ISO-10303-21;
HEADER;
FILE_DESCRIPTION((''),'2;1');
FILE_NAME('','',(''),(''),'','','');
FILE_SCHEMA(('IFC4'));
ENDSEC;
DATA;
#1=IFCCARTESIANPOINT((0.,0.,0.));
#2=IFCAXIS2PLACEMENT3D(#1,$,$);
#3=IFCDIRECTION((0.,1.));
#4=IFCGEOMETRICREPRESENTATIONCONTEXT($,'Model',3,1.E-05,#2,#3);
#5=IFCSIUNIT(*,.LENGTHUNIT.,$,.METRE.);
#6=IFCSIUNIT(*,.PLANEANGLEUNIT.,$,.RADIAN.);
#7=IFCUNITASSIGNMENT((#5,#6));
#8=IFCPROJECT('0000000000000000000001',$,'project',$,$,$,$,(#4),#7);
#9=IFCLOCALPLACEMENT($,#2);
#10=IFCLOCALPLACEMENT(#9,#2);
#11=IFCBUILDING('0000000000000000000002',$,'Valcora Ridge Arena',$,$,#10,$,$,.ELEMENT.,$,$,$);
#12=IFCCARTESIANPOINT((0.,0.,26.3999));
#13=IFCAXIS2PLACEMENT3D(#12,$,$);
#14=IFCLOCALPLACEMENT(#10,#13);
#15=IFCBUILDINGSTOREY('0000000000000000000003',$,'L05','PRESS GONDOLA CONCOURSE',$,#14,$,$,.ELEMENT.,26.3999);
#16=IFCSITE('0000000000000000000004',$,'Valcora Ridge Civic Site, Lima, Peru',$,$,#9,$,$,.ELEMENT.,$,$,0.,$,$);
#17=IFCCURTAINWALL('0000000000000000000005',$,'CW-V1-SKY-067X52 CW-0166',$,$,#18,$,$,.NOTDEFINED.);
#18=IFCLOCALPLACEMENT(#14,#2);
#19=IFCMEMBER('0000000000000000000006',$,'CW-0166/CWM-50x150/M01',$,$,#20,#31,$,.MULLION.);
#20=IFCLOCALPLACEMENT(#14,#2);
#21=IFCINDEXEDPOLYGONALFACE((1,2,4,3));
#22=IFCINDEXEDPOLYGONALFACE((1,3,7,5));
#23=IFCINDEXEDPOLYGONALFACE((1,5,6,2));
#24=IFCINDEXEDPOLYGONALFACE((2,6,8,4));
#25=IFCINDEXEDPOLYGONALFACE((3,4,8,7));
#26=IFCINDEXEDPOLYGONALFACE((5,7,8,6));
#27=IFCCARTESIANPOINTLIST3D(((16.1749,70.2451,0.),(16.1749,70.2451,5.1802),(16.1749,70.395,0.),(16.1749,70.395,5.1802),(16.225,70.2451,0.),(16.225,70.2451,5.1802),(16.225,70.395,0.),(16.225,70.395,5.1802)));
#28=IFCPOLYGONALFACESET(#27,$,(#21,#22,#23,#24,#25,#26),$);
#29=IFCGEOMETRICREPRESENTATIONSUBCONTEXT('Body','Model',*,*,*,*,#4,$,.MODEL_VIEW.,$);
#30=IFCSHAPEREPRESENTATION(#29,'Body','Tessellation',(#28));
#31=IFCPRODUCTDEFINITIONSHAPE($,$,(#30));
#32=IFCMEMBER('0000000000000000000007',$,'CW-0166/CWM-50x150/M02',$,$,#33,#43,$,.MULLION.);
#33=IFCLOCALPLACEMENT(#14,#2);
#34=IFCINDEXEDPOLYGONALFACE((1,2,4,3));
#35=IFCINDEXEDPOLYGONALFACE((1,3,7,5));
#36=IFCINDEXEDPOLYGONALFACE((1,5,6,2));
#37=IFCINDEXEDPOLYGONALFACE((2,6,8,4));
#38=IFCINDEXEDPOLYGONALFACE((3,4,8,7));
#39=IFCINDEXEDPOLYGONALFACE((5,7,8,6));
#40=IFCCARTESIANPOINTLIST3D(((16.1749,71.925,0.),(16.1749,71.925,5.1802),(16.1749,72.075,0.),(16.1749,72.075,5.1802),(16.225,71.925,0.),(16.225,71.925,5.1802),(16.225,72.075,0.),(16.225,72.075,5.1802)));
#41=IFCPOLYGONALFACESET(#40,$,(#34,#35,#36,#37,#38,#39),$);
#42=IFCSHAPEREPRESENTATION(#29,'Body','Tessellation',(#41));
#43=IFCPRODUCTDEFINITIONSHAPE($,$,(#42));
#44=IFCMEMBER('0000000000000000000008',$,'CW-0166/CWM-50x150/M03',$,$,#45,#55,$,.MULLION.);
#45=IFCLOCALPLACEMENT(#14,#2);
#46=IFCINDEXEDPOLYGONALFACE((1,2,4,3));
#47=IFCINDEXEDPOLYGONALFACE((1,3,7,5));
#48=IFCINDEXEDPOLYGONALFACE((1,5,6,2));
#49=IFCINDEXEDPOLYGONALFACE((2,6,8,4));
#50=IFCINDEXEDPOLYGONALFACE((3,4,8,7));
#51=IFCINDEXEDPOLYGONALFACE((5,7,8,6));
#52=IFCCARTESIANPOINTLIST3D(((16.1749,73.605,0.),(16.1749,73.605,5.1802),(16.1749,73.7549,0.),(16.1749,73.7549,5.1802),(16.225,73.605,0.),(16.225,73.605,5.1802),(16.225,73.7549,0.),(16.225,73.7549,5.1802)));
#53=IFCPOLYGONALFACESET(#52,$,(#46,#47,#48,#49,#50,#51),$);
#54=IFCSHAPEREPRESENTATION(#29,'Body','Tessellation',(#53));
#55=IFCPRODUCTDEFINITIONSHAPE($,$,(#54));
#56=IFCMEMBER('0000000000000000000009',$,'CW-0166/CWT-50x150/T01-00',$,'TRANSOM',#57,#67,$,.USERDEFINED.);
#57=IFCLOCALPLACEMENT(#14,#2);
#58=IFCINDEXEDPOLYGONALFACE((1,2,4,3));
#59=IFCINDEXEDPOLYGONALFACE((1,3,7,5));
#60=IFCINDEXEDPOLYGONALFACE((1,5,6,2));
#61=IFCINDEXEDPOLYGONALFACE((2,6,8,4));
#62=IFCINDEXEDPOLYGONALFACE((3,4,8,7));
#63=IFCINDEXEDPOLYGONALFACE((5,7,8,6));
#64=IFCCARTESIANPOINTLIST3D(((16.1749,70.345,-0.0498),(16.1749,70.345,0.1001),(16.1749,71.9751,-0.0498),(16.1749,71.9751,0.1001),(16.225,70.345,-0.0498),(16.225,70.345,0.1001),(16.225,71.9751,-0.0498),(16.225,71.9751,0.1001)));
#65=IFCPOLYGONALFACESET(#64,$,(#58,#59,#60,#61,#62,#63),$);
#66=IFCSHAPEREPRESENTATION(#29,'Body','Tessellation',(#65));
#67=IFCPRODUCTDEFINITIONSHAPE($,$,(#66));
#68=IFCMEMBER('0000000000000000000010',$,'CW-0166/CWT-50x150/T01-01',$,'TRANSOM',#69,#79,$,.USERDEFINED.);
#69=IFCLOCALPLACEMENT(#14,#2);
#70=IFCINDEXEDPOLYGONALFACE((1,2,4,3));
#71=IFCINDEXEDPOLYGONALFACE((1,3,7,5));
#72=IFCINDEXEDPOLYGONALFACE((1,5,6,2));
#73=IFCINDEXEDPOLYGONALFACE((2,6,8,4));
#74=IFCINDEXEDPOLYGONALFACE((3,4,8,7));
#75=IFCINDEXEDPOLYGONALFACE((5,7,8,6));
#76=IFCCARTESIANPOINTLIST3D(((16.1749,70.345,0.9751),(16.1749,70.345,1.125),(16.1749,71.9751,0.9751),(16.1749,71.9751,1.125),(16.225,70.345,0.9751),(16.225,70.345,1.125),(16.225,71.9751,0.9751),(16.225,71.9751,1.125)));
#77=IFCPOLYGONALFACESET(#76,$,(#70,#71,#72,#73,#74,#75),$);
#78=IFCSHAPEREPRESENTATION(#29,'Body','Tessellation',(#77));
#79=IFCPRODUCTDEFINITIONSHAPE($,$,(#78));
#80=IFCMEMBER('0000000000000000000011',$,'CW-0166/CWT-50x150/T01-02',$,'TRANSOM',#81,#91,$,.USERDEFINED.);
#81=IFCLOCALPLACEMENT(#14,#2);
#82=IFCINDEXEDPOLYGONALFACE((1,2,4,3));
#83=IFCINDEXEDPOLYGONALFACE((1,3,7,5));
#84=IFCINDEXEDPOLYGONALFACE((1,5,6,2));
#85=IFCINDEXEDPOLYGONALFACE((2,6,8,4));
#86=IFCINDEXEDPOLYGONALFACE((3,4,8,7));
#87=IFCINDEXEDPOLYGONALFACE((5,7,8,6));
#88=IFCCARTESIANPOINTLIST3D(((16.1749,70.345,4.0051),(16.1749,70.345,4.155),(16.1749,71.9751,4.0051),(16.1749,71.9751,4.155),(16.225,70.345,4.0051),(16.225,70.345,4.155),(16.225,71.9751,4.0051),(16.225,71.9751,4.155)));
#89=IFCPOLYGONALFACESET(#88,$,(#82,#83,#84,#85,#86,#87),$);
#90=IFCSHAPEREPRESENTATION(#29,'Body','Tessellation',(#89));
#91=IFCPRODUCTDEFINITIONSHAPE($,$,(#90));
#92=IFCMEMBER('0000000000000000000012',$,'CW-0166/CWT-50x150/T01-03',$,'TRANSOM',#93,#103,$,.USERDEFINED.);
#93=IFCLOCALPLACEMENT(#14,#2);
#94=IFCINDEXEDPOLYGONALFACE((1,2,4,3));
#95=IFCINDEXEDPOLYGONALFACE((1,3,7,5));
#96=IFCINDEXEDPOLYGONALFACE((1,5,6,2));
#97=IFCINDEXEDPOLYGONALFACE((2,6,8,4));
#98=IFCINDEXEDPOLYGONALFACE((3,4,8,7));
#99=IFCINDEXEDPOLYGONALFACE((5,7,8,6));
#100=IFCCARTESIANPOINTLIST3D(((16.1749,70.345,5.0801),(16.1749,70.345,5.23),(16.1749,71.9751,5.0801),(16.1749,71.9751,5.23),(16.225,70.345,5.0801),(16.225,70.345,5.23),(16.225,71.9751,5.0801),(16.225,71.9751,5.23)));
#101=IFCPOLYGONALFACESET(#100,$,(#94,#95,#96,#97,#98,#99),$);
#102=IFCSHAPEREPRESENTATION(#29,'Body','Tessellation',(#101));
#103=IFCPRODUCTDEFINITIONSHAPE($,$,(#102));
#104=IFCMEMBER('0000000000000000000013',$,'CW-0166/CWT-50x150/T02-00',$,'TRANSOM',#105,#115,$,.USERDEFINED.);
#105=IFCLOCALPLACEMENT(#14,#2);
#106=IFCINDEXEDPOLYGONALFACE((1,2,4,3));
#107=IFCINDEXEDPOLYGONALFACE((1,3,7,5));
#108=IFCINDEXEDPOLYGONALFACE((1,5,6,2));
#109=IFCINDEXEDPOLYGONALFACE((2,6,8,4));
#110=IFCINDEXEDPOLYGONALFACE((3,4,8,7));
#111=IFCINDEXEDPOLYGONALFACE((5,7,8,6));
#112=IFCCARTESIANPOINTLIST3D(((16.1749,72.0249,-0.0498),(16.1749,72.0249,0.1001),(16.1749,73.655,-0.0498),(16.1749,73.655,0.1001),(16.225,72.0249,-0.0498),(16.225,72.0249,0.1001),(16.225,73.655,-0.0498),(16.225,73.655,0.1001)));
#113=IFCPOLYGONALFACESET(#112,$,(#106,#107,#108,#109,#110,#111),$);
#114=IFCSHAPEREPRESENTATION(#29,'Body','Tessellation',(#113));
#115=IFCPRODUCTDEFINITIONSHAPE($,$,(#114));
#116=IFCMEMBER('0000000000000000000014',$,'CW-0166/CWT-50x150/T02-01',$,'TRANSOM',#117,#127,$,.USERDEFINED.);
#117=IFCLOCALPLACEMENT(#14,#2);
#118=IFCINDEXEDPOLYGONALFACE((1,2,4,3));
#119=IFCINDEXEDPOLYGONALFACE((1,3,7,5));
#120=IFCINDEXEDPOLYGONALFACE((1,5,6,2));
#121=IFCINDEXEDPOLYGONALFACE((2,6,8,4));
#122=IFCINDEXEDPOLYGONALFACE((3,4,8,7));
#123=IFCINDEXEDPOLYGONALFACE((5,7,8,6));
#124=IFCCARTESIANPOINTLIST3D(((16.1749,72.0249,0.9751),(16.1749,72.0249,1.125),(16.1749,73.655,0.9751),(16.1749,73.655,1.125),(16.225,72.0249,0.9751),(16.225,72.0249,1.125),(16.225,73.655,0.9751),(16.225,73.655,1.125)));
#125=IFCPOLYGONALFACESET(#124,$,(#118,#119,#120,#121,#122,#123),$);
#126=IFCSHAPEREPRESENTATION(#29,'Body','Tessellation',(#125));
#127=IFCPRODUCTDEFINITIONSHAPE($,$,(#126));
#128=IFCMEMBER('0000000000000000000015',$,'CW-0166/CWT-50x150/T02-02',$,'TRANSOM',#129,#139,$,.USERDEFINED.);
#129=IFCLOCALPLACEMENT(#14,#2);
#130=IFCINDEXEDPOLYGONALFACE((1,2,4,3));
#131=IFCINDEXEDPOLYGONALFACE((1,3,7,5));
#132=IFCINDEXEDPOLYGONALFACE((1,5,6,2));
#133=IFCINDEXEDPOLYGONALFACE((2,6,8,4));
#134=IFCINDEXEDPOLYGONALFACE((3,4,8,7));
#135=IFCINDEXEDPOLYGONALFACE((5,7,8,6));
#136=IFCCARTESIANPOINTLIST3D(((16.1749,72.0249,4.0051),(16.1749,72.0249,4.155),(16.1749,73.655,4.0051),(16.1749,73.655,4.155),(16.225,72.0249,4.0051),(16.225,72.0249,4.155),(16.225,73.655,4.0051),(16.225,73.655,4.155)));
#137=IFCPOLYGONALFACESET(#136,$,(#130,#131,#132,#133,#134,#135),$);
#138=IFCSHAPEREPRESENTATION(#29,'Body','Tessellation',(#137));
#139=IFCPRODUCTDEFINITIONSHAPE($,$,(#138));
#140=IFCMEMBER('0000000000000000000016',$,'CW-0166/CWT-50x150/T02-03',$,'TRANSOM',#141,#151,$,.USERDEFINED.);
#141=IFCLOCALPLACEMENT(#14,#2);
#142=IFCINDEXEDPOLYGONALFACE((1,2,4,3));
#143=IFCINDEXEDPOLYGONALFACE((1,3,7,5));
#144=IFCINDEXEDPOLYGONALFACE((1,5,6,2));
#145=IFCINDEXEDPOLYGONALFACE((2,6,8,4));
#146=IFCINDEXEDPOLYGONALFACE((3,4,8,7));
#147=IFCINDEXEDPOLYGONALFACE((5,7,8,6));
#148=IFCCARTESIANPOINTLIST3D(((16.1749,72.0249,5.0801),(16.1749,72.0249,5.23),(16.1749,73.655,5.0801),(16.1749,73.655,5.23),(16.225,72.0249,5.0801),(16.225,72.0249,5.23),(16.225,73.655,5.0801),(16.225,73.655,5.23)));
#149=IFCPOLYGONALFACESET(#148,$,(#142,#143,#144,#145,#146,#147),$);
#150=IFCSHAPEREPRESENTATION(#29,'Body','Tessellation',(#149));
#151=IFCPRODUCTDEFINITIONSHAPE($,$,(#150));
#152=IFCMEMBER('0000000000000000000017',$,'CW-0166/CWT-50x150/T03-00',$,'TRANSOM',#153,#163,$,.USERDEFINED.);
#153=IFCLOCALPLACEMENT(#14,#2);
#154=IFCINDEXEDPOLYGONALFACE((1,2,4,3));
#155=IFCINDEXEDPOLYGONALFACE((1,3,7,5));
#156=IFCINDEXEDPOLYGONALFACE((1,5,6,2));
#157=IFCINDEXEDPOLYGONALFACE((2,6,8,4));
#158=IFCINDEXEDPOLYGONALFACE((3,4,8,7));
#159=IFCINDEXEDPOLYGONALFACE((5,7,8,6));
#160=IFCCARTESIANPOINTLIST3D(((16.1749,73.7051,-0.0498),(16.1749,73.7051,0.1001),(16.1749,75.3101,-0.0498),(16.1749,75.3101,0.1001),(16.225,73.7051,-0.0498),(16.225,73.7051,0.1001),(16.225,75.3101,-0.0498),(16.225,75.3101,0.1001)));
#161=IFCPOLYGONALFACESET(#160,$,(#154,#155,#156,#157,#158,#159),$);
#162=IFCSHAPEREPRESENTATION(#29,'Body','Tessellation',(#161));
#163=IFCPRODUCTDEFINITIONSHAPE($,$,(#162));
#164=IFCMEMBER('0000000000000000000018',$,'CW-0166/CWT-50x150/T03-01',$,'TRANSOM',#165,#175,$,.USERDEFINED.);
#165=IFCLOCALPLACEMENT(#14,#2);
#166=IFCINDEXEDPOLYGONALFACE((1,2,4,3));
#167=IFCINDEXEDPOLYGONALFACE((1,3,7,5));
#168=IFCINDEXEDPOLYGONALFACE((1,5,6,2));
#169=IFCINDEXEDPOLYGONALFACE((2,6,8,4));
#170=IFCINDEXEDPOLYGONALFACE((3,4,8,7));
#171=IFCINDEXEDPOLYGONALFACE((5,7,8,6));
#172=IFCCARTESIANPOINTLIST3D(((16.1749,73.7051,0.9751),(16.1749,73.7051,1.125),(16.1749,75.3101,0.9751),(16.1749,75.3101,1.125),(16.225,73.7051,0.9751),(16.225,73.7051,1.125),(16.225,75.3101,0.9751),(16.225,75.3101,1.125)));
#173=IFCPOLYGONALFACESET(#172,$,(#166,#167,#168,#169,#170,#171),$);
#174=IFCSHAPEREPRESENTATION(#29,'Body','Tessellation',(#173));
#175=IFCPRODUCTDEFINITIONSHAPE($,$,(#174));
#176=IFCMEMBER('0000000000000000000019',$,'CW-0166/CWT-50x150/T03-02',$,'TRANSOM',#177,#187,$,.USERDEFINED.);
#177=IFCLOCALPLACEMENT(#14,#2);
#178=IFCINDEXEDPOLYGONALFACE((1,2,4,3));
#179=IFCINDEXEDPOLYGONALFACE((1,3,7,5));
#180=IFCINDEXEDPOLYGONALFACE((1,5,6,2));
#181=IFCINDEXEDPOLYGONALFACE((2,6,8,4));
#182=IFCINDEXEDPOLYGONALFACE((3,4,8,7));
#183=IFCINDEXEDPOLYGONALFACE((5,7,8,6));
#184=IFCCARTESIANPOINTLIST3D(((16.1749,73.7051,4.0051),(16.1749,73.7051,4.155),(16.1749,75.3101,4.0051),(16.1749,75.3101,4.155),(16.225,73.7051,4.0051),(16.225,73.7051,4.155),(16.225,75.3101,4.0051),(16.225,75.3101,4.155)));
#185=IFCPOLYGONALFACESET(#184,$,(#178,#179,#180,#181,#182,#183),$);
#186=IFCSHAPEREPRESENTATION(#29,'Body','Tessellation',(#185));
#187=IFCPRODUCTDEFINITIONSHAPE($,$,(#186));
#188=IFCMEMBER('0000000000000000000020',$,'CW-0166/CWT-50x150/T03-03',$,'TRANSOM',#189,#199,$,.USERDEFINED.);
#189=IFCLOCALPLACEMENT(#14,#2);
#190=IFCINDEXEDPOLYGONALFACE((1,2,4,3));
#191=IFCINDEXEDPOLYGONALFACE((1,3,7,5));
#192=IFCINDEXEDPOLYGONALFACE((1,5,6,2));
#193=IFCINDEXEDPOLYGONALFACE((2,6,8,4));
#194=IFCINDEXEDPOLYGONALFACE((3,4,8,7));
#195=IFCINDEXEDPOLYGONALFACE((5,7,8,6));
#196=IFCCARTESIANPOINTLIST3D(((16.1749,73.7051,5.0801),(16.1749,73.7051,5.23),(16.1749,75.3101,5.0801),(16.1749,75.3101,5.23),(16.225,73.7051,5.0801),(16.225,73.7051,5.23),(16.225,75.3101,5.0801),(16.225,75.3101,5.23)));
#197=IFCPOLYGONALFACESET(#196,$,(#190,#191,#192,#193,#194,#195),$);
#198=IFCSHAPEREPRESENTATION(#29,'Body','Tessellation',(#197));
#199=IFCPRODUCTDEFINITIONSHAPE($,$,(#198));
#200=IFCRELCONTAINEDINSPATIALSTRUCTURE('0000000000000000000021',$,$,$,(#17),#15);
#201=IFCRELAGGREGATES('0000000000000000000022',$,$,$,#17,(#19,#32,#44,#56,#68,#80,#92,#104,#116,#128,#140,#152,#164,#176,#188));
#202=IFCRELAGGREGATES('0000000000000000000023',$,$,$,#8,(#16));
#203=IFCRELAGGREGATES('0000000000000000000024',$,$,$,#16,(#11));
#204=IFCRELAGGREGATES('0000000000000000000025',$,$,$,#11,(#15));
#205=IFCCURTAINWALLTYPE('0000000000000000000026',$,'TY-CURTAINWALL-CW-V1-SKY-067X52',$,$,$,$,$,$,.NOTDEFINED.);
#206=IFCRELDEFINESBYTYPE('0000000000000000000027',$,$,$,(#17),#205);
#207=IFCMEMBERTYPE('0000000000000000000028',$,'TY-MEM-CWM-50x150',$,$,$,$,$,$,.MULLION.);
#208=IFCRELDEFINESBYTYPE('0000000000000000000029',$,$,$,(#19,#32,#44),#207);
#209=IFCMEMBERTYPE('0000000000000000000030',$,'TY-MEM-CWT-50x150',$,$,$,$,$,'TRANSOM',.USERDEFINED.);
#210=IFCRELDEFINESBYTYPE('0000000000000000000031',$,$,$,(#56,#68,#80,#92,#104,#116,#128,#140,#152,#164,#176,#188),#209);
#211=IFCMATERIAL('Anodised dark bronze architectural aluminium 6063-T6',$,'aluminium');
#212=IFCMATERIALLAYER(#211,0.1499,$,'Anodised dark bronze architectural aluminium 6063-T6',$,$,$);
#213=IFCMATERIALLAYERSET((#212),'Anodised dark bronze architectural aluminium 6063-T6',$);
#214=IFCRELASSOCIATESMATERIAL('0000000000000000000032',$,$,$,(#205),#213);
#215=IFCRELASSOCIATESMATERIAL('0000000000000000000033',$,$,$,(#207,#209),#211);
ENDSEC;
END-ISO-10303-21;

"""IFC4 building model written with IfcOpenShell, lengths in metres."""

from ifc_helpers import new_model, si_unit, direction, frame, origin, origin_2d, place, context, subcontext, project, spatial, rectangle, extrude, material, layer, layer_set, material_profile, profile_set, type_object, element, aggregate, save


model = new_model("IFC4")

# Units and contexts
model_context = context("Model", 3, precision=1e-05, world=origin(), true_north=direction((0.0, 1.0)))
body_context = subcontext(model_context, "Body", "Model", "MODEL_VIEW")
ifc_project = project(units=[si_unit("LENGTHUNIT", "METRE"), si_unit("PLANEANGLEUNIT", "RADIAN")], contexts=[model_context])

# Site, building, storey
site_placement = place(None, origin())
site = spatial("IfcSite", under=ifc_project, at=site_placement, Name="Valcora Ridge Civic Site, Lima, Peru", CompositionType="ELEMENT", RefElevation=0.0)
building_placement = place(site_placement, origin())
building = spatial("IfcBuilding", under=site, at=building_placement, Name="Valcora Ridge Arena", CompositionType="ELEMENT")
storey_placement = place(building_placement, frame((0.0, 0.0, 26.3999)))
storey = spatial("IfcBuildingStorey", under=building, at=storey_placement, Name="L05", Description="PRESS GONDOLA CONCOURSE", CompositionType="ELEMENT", Elevation=26.3999)

# Curtain wall, members
ifc_material_1 = material(Name="Anodised dark bronze architectural aluminium 6063-T6", Category="aluminium")
ifc_layer_1 = layer(ifc_material_1, 0.1499, Name="Anodised dark bronze architectural aluminium 6063-T6")
ifc_layer_set_1 = layer_set([ifc_layer_1], Name="Anodised dark bronze architectural aluminium 6063-T6")
curtain_wall_type = type_object("IfcCurtainWallType", Name="TY-CURTAINWALL-CW-V1-SKY-067X52", PredefinedType="NOTDEFINED", material=ifc_layer_set_1)
curtain_wall_placement = place(storey_placement, origin())
curtain_wall = element("IfcCurtainWall", 1, at=curtain_wall_placement, inside=storey, type_object=curtain_wall_type, Name="CW-V1-SKY-067X52 CW-0166", PredefinedType="NOTDEFINED")
ifc_material_profile_1 = material_profile(ifc_material_1, rectangle(XDim=0.05, YDim=0.1499, at=origin_2d()), Name="ALU MULLION 50x150")
ifc_profile_set_1 = profile_set([ifc_material_profile_1], Name="Anodised dark bronze architectural aluminium 6063-T6")
member_type_1 = type_object("IfcMemberType", Name="TY-MEM-CWM-50x150", PredefinedType="MULLION", material=ifc_profile_set_1)
member_1_placement = place(storey_placement, frame((16.2, 70.3201, 0.0), z_axis=(0.0, 0.0, 1.0), x_axis=(-1.0, 0.0, 0.0)))
member_1 = element("IfcMember", 2, at=member_1_placement, type_object=member_type_1, Name="CW-0166/CWM-50x150/M01", PredefinedType="MULLION", context=body_context, shape_type="SweptSolid", body=[
    extrude(rectangle(XDim=0.05, YDim=0.1499, at=origin_2d()), origin(), (0.0, 0.0, 1.0), 5.1802),
])
member_2_placement = place(storey_placement, frame((16.2, 72.0, 0.0), z_axis=(0.0, 0.0, 1.0), x_axis=(-1.0, 0.0, 0.0)))
member_2 = element("IfcMember", 3, at=member_2_placement, type_object=member_type_1, Name="CW-0166/CWM-50x150/M02", PredefinedType="MULLION", context=body_context, shape_type="SweptSolid", body=[
    extrude(rectangle(XDim=0.05, YDim=0.1499, at=origin_2d()), origin(), (0.0, 0.0, 1.0), 5.1802),
])
member_3_placement = place(storey_placement, frame((16.2, 73.6799, 0.0), z_axis=(0.0, 0.0, 1.0), x_axis=(-1.0, 0.0, 0.0)))
member_3 = element("IfcMember", 4, at=member_3_placement, type_object=member_type_1, Name="CW-0166/CWM-50x150/M03", PredefinedType="MULLION", context=body_context, shape_type="SweptSolid", body=[
    extrude(rectangle(XDim=0.05, YDim=0.1499, at=origin_2d()), origin(), (0.0, 0.0, 1.0), 5.1802),
])
ifc_material_profile_2 = material_profile(ifc_material_1, rectangle(XDim=0.05, YDim=0.1499, at=origin_2d()), Name="ALU TRANSOM 50x150")
ifc_profile_set_2 = profile_set([ifc_material_profile_2], Name="Anodised dark bronze architectural aluminium 6063-T6")
member_type_2 = type_object("IfcMemberType", Name="TY-MEM-CWT-50x150", ElementType="TRANSOM", PredefinedType="USERDEFINED", material=ifc_profile_set_2)
member_4_placement = place(storey_placement, frame((16.2, 70.345, 0.0251), z_axis=(0.0, 1.0, 0.0), x_axis=(-1.0, 0.0, 0.0)))
member_4 = element("IfcMember", 5, at=member_4_placement, type_object=member_type_2, Name="CW-0166/CWT-50x150/T01-00", ObjectType="TRANSOM", PredefinedType="USERDEFINED", context=body_context, shape_type="SweptSolid", body=[
    extrude(rectangle(XDim=0.05, YDim=0.1499, at=origin_2d()), origin(), (0.0, 0.0, 1.0), 1.6301),
])
member_5_placement = place(storey_placement, frame((16.2, 70.345, 1.05), z_axis=(0.0, 1.0, 0.0), x_axis=(-1.0, 0.0, 0.0)))
member_5 = element("IfcMember", 6, at=member_5_placement, type_object=member_type_2, Name="CW-0166/CWT-50x150/T01-01", ObjectType="TRANSOM", PredefinedType="USERDEFINED", context=body_context, shape_type="SweptSolid", body=[
    extrude(rectangle(XDim=0.05, YDim=0.1499, at=origin_2d()), origin(), (0.0, 0.0, 1.0), 1.6301),
])
member_6_placement = place(storey_placement, frame((16.2, 70.345, 4.0801), z_axis=(0.0, 1.0, 0.0), x_axis=(-1.0, 0.0, 0.0)))
member_6 = element("IfcMember", 7, at=member_6_placement, type_object=member_type_2, Name="CW-0166/CWT-50x150/T01-02", ObjectType="TRANSOM", PredefinedType="USERDEFINED", context=body_context, shape_type="SweptSolid", body=[
    extrude(rectangle(XDim=0.05, YDim=0.1499, at=origin_2d()), origin(), (0.0, 0.0, 1.0), 1.6301),
])
member_7_placement = place(storey_placement, frame((16.2, 70.345, 5.155), z_axis=(0.0, 1.0, 0.0), x_axis=(-1.0, 0.0, 0.0)))
member_7 = element("IfcMember", 8, at=member_7_placement, type_object=member_type_2, Name="CW-0166/CWT-50x150/T01-03", ObjectType="TRANSOM", PredefinedType="USERDEFINED", context=body_context, shape_type="SweptSolid", body=[
    extrude(rectangle(XDim=0.05, YDim=0.1499, at=origin_2d()), origin(), (0.0, 0.0, 1.0), 1.6301),
])
member_8_placement = place(storey_placement, frame((16.2, 72.0249, 0.0251), z_axis=(0.0, 1.0, 0.0), x_axis=(-1.0, 0.0, 0.0)))
member_8 = element("IfcMember", 9, at=member_8_placement, type_object=member_type_2, Name="CW-0166/CWT-50x150/T02-00", ObjectType="TRANSOM", PredefinedType="USERDEFINED", context=body_context, shape_type="SweptSolid", body=[
    extrude(rectangle(XDim=0.05, YDim=0.1499, at=origin_2d()), origin(), (0.0, 0.0, 1.0), 1.6301),
])
member_9_placement = place(storey_placement, frame((16.2, 72.0249, 1.05), z_axis=(0.0, 1.0, 0.0), x_axis=(-1.0, 0.0, 0.0)))
member_9 = element("IfcMember", 10, at=member_9_placement, type_object=member_type_2, Name="CW-0166/CWT-50x150/T02-01", ObjectType="TRANSOM", PredefinedType="USERDEFINED", context=body_context, shape_type="SweptSolid", body=[
    extrude(rectangle(XDim=0.05, YDim=0.1499, at=origin_2d()), origin(), (0.0, 0.0, 1.0), 1.6301),
])
member_10_placement = place(storey_placement, frame((16.2, 72.0249, 4.0801), z_axis=(0.0, 1.0, 0.0), x_axis=(-1.0, 0.0, 0.0)))
member_10 = element("IfcMember", 11, at=member_10_placement, type_object=member_type_2, Name="CW-0166/CWT-50x150/T02-02", ObjectType="TRANSOM", PredefinedType="USERDEFINED", context=body_context, shape_type="SweptSolid", body=[
    extrude(rectangle(XDim=0.05, YDim=0.1499, at=origin_2d()), origin(), (0.0, 0.0, 1.0), 1.6301),
])
member_11_placement = place(storey_placement, frame((16.2, 72.0249, 5.155), z_axis=(0.0, 1.0, 0.0), x_axis=(-1.0, 0.0, 0.0)))
member_11 = element("IfcMember", 12, at=member_11_placement, type_object=member_type_2, Name="CW-0166/CWT-50x150/T02-03", ObjectType="TRANSOM", PredefinedType="USERDEFINED", context=body_context, shape_type="SweptSolid", body=[
    extrude(rectangle(XDim=0.05, YDim=0.1499, at=origin_2d()), origin(), (0.0, 0.0, 1.0), 1.6301),
])
member_12_placement = place(storey_placement, frame((16.2, 73.7051, 0.0251), z_axis=(0.0, 1.0, 0.0), x_axis=(-1.0, 0.0, 0.0)))
member_12 = element("IfcMember", 13, at=member_12_placement, type_object=member_type_2, Name="CW-0166/CWT-50x150/T03-00", ObjectType="TRANSOM", PredefinedType="USERDEFINED", context=body_context, shape_type="SweptSolid", body=[
    extrude(rectangle(XDim=0.05, YDim=0.1499, at=origin_2d()), origin(), (0.0, 0.0, 1.0), 1.605),
])
member_13_placement = place(storey_placement, frame((16.2, 73.7051, 1.05), z_axis=(0.0, 1.0, 0.0), x_axis=(-1.0, 0.0, 0.0)))
member_13 = element("IfcMember", 14, at=member_13_placement, type_object=member_type_2, Name="CW-0166/CWT-50x150/T03-01", ObjectType="TRANSOM", PredefinedType="USERDEFINED", context=body_context, shape_type="SweptSolid", body=[
    extrude(rectangle(XDim=0.05, YDim=0.1499, at=origin_2d()), origin(), (0.0, 0.0, 1.0), 1.605),
])
member_14_placement = place(storey_placement, frame((16.2, 73.7051, 4.0801), z_axis=(0.0, 1.0, 0.0), x_axis=(-1.0, 0.0, 0.0)))
member_14 = element("IfcMember", 15, at=member_14_placement, type_object=member_type_2, Name="CW-0166/CWT-50x150/T03-02", ObjectType="TRANSOM", PredefinedType="USERDEFINED", context=body_context, shape_type="SweptSolid", body=[
    extrude(rectangle(XDim=0.05, YDim=0.1499, at=origin_2d()), origin(), (0.0, 0.0, 1.0), 1.605),
])
member_15_placement = place(storey_placement, frame((16.2, 73.7051, 5.155), z_axis=(0.0, 1.0, 0.0), x_axis=(-1.0, 0.0, 0.0)))
member_15 = element("IfcMember", 16, at=member_15_placement, type_object=member_type_2, Name="CW-0166/CWT-50x150/T03-03", ObjectType="TRANSOM", PredefinedType="USERDEFINED", context=body_context, shape_type="SweptSolid", body=[
    extrude(rectangle(XDim=0.05, YDim=0.1499, at=origin_2d()), origin(), (0.0, 0.0, 1.0), 1.605),
])
aggregate(curtain_wall, [member_1, member_2, member_3, member_4, member_5, member_6, member_7, member_8, member_9, member_10, member_11, member_12, member_13, member_14, member_15])

save(model, "model.ifc")
